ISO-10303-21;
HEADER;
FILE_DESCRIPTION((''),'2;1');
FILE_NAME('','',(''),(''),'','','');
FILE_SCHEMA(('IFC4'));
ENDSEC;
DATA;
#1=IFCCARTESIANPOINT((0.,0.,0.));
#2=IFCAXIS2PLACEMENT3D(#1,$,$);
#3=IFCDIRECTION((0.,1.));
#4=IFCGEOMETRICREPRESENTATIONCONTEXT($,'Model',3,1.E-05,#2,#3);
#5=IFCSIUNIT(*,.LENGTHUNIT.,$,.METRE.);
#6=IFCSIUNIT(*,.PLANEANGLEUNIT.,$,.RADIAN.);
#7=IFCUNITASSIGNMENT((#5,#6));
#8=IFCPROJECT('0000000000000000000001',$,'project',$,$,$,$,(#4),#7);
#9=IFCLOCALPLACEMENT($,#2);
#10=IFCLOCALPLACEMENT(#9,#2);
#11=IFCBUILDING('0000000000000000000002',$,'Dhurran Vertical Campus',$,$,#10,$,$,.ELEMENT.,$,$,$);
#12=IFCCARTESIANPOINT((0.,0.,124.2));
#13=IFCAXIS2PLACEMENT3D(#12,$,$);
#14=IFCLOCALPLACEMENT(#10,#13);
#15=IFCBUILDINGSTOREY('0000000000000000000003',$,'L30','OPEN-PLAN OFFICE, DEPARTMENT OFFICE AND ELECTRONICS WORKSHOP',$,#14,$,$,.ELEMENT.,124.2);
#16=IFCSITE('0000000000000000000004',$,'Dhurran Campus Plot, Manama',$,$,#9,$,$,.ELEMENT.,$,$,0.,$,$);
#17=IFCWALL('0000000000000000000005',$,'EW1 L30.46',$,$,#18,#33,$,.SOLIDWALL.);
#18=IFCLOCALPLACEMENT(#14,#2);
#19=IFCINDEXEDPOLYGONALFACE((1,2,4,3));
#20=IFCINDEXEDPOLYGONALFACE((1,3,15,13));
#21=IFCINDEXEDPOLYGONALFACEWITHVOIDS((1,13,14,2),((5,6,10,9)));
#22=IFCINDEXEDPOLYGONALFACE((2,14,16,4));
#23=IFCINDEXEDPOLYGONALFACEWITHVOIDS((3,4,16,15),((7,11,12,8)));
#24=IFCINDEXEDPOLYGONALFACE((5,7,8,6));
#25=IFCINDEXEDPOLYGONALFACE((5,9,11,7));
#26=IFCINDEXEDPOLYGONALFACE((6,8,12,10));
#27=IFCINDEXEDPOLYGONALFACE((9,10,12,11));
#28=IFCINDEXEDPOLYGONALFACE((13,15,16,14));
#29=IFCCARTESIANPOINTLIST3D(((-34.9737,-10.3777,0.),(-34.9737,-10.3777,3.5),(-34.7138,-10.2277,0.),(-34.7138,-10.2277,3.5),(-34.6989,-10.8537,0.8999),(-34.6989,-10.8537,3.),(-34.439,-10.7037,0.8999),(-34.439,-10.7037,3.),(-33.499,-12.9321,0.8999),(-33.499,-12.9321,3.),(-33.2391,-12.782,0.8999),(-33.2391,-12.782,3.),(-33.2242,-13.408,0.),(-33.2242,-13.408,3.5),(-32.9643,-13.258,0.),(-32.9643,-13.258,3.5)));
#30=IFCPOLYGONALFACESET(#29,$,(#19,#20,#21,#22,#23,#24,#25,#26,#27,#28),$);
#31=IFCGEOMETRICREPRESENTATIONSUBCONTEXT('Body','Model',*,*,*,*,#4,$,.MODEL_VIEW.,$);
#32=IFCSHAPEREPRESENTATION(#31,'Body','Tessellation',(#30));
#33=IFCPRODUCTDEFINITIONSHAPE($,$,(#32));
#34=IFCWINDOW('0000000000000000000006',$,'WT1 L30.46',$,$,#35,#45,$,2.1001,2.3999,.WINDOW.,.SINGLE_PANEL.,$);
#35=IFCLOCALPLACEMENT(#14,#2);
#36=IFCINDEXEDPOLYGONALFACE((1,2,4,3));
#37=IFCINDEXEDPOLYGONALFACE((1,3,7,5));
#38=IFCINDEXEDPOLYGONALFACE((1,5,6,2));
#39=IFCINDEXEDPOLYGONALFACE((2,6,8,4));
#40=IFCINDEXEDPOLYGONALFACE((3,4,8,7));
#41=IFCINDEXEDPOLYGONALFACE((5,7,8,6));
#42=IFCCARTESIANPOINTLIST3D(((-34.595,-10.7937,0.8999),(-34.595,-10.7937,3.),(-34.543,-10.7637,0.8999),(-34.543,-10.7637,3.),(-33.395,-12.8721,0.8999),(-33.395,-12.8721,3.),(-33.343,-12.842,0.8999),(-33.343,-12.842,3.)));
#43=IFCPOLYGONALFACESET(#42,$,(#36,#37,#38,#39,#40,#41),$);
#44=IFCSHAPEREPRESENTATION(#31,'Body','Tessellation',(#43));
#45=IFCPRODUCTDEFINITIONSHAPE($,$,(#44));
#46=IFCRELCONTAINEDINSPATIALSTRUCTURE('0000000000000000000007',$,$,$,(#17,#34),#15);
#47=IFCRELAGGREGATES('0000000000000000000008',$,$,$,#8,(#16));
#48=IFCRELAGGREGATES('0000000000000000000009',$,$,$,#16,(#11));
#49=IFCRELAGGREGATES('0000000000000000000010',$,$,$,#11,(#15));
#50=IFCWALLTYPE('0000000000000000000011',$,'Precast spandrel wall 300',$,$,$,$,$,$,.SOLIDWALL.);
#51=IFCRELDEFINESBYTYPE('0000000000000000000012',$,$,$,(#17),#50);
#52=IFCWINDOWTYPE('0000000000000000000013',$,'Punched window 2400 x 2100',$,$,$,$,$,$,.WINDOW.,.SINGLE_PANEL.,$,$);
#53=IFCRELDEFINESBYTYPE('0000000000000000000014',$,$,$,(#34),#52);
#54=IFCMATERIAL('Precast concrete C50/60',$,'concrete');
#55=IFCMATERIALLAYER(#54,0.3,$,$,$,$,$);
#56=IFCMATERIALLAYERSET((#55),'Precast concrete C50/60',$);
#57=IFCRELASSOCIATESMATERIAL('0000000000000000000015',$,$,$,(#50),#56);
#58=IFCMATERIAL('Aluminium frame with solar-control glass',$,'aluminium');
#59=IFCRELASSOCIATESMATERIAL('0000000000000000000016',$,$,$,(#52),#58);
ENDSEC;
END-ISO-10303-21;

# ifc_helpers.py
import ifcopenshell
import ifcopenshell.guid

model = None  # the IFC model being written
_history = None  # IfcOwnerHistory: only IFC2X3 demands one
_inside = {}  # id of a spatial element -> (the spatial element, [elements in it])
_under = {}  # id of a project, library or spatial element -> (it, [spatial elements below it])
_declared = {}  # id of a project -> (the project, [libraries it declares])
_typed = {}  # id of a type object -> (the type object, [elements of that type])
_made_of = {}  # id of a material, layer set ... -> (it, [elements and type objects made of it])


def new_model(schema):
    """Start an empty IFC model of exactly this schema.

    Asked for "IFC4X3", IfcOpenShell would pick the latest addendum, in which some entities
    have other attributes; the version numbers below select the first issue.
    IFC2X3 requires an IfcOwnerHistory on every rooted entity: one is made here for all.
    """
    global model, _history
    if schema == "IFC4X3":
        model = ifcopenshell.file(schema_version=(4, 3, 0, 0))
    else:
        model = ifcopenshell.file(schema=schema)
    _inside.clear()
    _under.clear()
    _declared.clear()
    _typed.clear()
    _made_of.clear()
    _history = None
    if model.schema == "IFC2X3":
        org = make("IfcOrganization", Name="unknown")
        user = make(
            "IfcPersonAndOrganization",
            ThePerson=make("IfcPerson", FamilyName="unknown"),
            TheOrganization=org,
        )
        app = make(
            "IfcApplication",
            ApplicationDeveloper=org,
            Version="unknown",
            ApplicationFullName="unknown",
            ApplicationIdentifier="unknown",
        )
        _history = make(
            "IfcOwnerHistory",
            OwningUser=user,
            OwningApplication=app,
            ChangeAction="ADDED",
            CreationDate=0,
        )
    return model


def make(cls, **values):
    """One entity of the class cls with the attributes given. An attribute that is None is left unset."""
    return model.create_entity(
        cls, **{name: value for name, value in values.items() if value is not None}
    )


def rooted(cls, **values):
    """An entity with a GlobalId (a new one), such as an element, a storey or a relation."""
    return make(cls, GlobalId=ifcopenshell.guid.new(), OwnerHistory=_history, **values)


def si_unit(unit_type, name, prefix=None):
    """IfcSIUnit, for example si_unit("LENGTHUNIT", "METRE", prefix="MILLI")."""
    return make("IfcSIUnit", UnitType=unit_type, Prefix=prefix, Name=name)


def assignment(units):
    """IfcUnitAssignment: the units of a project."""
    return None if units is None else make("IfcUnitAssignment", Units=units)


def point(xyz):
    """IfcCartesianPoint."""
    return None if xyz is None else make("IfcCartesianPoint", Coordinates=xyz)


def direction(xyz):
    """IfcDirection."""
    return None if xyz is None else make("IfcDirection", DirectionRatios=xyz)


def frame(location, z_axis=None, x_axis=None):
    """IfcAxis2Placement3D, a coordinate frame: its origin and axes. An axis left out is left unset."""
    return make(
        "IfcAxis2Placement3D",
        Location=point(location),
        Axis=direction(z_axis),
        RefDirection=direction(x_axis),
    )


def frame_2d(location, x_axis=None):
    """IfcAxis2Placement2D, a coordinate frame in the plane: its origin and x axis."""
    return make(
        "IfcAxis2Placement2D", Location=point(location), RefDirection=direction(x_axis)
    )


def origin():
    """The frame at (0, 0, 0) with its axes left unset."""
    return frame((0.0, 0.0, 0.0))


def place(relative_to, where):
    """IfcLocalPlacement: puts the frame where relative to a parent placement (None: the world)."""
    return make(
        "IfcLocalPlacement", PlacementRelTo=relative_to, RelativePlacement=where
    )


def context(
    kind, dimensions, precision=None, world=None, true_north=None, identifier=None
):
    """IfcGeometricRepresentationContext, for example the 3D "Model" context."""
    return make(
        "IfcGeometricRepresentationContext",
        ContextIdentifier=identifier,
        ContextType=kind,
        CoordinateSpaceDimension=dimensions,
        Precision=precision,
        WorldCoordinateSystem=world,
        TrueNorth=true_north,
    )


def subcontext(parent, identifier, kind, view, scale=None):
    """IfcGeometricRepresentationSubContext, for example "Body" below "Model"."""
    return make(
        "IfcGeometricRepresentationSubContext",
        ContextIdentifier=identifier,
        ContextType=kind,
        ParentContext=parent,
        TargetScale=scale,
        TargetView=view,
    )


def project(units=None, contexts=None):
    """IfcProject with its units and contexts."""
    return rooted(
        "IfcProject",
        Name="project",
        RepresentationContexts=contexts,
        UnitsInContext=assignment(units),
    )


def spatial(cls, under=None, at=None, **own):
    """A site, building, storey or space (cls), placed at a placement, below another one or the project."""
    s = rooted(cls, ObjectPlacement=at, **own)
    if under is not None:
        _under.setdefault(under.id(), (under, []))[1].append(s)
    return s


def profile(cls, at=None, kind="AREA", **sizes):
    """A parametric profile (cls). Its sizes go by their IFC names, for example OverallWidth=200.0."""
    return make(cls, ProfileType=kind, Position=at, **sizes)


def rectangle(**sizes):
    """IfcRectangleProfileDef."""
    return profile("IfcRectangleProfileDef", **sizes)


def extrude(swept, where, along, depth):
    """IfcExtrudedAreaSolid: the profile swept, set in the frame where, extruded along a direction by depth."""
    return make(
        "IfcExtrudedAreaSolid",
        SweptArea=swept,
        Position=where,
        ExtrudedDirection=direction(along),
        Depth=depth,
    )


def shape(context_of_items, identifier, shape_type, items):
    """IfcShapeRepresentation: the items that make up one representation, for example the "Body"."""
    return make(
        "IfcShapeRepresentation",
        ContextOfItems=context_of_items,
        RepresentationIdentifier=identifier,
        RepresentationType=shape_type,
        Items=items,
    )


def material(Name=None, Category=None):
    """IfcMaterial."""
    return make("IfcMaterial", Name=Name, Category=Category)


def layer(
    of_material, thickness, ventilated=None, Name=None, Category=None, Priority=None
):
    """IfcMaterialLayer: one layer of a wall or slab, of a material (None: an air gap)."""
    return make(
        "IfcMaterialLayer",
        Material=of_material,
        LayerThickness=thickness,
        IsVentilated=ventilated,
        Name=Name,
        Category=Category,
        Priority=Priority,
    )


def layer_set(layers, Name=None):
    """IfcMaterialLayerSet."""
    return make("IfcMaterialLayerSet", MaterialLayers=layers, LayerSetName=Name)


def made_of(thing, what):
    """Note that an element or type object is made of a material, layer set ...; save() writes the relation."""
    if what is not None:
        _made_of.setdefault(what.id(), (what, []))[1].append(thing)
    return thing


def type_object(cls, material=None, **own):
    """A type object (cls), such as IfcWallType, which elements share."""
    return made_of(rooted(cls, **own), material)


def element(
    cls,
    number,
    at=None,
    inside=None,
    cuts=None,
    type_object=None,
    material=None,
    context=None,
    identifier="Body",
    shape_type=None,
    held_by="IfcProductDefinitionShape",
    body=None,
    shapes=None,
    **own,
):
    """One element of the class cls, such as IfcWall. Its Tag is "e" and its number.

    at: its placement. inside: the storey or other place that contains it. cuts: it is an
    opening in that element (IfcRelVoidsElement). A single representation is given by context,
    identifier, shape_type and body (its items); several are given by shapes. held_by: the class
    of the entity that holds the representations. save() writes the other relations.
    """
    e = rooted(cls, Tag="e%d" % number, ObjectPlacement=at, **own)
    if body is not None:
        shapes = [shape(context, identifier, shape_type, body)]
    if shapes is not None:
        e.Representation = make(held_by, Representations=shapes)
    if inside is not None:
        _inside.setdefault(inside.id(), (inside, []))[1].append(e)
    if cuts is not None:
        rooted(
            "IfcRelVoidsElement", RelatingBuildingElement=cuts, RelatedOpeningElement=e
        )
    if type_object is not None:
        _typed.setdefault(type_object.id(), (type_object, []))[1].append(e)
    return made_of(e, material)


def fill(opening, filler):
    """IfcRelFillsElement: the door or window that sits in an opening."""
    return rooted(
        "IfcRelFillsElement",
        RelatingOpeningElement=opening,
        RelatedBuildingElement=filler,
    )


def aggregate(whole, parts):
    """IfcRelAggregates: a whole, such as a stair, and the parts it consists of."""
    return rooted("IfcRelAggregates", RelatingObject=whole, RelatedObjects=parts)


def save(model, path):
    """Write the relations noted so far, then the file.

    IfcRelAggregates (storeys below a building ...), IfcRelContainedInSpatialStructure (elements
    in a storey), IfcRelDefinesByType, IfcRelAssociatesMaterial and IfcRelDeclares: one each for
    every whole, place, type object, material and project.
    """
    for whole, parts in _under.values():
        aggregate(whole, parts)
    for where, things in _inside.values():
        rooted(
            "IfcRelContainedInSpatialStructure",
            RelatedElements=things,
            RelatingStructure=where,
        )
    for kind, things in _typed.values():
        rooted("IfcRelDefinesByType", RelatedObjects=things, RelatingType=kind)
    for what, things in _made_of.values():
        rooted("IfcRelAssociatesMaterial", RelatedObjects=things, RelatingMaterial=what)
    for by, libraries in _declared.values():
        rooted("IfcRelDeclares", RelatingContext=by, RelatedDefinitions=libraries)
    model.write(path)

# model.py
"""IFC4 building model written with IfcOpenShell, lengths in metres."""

from ifc_helpers import new_model, si_unit, direction, frame, frame_2d, origin, place, context, subcontext, project, spatial, rectangle, extrude, material, layer, layer_set, type_object, element, fill, save


model = new_model("IFC4")

# Units and contexts
model_context = context("Model", 3, precision=1e-05, world=origin(), true_north=direction((0.0, 1.0)))
body_context = subcontext(model_context, "Body", "Model", "MODEL_VIEW")
ifc_project = project(units=[si_unit("LENGTHUNIT", "METRE"), si_unit("PLANEANGLEUNIT", "RADIAN")], contexts=[model_context])

# Site, building, storey
site_placement = place(None, origin())
site = spatial("IfcSite", under=ifc_project, at=site_placement, Name="Dhurran Campus Plot, Manama", CompositionType="ELEMENT", RefElevation=0.0)
building_placement = place(site_placement, origin())
building = spatial("IfcBuilding", under=site, at=building_placement, Name="Dhurran Vertical Campus", CompositionType="ELEMENT")
storey_placement = place(building_placement, frame((0.0, 0.0, 124.2)))
storey = spatial("IfcBuildingStorey", under=building, at=storey_placement, Name="L30", Description="OPEN-PLAN OFFICE, DEPARTMENT OFFICE AND ELECTRONICS WORKSHOP", CompositionType="ELEMENT", Elevation=124.2)

# Wall, opening, window
ifc_material_1 = material(Name="Precast concrete C50/60", Category="concrete")
ifc_layer = layer(ifc_material_1, 0.3)
ifc_layer_set = layer_set([ifc_layer], Name="Precast concrete C50/60")
wall_type = type_object("IfcWallType", Name="Precast spandrel wall 300", PredefinedType="SOLIDWALL", material=ifc_layer_set)
ifc_material_2 = material(Name="Aluminium frame with solar-control glass", Category="aluminium")
window_type = type_object("IfcWindowType", Name="Punched window 2400 x 2100", PartitioningType="SINGLE_PANEL", PredefinedType="WINDOW", material=ifc_material_2)
wall_1_placement = place(storey_placement, frame((-34.8438, -10.3027, 0.0), z_axis=(0.0, 0.0, 1.0), x_axis=(0.499996, -0.866028, 0.0)))
wall_1 = element("IfcWall", 1, at=wall_1_placement, inside=storey, type_object=wall_type, Name="EW1 L30.46", PredefinedType="SOLIDWALL", context=body_context, shape_type="SweptSolid", body=[
    extrude(rectangle(XDim=3.499, YDim=0.3, at=frame_2d((1.7495, 0.0))), origin(), (0.0, 0.0, 1.0), 3.5),
])
opening_1_placement = place(wall_1_placement, frame((0.5496, 0.0, 0.8999)))
opening_1 = element("IfcOpeningElement", 2, at=opening_1_placement, cuts=wall_1, PredefinedType="OPENING", context=body_context, shape_type="SweptSolid", body=[
    extrude(rectangle(XDim=2.3999, YDim=2.1001, at=frame_2d((1.2, 1.05))), frame((0.0, 0.1599, 0.0), z_axis=(0.0, -1.0, 0.0), x_axis=(1.0, 0.0, 0.0)), (0.0, 0.0, 1.0), 0.3201),
])
window_1_placement = place(opening_1_placement, origin())
window_1 = element("IfcWindow", 3, at=window_1_placement, inside=storey, type_object=window_type, Name="WT1 L30.46", OverallHeight=2.1001, OverallWidth=2.3999, PartitioningType="SINGLE_PANEL", PredefinedType="WINDOW", context=body_context, shape_type="SweptSolid", body=[
    extrude(rectangle(XDim=2.3999, YDim=2.1001, at=frame_2d((1.2, 1.05))), frame((0.0, 0.03, 0.0), z_axis=(0.0, -1.0, 0.0), x_axis=(1.0, 0.0, 0.0)), (0.0, 0.0, 1.0), 0.0601),
])
fill(opening_1, window_1)

save(model, "model.ifc")
